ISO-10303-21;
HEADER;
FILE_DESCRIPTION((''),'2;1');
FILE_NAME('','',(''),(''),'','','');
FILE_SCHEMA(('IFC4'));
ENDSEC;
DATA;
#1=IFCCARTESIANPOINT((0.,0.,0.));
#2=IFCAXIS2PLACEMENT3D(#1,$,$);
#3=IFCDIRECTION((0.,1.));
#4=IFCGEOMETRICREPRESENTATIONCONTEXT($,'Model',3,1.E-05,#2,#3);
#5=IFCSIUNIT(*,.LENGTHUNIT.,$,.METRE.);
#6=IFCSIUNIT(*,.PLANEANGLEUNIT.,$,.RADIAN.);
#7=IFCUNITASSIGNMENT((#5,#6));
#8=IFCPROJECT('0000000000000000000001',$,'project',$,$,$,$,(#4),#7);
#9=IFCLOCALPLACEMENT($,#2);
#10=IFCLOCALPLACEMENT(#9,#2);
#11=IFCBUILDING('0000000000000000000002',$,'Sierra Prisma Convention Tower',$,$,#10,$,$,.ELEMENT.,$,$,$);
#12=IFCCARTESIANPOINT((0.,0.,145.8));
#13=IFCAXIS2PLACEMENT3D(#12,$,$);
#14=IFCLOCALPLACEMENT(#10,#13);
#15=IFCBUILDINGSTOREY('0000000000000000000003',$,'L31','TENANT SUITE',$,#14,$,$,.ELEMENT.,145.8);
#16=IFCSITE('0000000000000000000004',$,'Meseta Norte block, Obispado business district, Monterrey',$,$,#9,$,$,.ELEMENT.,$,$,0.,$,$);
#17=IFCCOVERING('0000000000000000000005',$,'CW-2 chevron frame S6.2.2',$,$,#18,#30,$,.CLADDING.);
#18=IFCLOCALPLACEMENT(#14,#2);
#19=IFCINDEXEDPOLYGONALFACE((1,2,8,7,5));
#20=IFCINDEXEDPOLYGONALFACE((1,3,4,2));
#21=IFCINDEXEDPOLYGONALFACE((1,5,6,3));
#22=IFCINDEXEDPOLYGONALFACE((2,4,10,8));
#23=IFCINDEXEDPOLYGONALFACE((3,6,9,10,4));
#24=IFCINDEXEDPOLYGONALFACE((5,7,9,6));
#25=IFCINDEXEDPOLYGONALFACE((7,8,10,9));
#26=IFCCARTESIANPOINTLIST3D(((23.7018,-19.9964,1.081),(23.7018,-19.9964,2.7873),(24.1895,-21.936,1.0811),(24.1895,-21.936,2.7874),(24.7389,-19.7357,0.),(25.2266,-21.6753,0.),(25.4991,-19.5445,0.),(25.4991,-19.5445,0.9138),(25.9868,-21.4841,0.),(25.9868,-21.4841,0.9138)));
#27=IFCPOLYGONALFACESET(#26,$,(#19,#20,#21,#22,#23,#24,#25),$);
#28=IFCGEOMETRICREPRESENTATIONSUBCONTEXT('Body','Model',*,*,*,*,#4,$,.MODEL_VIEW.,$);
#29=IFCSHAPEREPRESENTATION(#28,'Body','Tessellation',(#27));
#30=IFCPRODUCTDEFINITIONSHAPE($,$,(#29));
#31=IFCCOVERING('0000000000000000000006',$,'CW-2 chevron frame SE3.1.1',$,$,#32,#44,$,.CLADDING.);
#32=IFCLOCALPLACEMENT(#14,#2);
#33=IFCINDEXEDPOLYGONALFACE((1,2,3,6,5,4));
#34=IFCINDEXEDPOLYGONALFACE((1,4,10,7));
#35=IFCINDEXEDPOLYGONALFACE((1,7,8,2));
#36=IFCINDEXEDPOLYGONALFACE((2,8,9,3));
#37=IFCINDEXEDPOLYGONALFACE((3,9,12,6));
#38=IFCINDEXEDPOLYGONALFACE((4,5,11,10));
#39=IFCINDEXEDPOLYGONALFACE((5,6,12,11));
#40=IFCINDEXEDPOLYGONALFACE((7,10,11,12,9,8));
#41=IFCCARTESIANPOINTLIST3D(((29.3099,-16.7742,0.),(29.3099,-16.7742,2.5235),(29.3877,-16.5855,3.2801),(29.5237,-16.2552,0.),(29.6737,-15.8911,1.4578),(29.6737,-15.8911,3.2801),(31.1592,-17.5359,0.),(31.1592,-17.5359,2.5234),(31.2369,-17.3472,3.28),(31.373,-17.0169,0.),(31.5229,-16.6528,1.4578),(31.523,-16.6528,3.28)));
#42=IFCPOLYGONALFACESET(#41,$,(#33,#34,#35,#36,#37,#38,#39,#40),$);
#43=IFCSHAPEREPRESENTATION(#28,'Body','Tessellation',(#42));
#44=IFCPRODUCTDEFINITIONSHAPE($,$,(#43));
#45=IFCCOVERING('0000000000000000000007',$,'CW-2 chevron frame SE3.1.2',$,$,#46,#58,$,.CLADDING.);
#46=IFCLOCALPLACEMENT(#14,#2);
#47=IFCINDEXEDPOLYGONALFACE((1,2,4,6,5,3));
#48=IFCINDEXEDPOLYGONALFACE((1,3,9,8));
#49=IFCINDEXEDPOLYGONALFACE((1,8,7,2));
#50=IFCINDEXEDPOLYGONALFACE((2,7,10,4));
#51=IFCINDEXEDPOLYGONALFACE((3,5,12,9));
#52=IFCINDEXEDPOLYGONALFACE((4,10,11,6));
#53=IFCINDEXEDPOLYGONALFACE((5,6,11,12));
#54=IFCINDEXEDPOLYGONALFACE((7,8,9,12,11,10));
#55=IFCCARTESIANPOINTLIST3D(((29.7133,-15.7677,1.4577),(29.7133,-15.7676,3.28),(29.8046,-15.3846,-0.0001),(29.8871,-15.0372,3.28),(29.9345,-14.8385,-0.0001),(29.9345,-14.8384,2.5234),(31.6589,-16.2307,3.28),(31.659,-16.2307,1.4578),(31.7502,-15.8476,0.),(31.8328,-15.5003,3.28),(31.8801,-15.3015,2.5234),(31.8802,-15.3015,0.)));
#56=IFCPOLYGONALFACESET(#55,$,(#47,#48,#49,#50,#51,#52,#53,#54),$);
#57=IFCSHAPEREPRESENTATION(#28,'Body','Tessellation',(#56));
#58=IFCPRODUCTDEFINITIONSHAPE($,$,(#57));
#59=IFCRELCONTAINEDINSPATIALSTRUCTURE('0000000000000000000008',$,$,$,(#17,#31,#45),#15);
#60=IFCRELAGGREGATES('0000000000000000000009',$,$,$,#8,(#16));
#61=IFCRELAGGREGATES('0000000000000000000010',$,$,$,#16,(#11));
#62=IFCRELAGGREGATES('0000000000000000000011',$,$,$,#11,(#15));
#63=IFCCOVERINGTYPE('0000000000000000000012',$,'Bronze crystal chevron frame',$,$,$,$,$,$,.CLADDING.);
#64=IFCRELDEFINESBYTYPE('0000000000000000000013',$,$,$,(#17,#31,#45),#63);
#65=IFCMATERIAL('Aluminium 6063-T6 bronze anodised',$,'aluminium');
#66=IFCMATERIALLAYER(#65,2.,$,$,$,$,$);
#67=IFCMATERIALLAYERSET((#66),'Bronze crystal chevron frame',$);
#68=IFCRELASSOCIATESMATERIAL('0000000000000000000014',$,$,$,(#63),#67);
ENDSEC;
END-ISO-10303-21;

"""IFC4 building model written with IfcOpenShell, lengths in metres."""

from ifc_helpers import new_model, si_unit, direction, frame, origin, place, context, subcontext, project, spatial, polyline, outline, extrude, material, layer, layer_set, type_object, element, save


model = new_model("IFC4")

# Units and contexts
model_context = context("Model", 3, precision=1e-05, world=origin(), true_north=direction((0.0, 1.0)))
body_context = subcontext(model_context, "Body", "Model", "MODEL_VIEW")
ifc_project = project(units=[si_unit("LENGTHUNIT", "METRE"), si_unit("PLANEANGLEUNIT", "RADIAN")], contexts=[model_context])

# Site, building, storey
site_placement = place(None, origin())
site = spatial("IfcSite", under=ifc_project, at=site_placement, Name="Meseta Norte block, Obispado business district, Monterrey", CompositionType="ELEMENT", RefElevation=0.0)
building_placement = place(site_placement, origin())
building = spatial("IfcBuilding", under=site, at=building_placement, Name="Sierra Prisma Convention Tower", CompositionType="ELEMENT")
storey_placement = place(building_placement, frame((0.0, 0.0, 145.8)))
storey = spatial("IfcBuildingStorey", under=building, at=storey_placement, Name="L31", Description="TENANT SUITE", CompositionType="ELEMENT", Elevation=145.8)

# Coverings
ifc_material_1 = material(Name="Aluminium 6063-T6 bronze anodised", Category="aluminium")
ifc_layer_1 = layer(ifc_material_1, 2.0)
ifc_layer_set_1 = layer_set([ifc_layer_1], Name="Bronze crystal chevron frame")
covering_type = type_object("IfcCoveringType", Name="Bronze crystal chevron frame", PredefinedType="CLADDING", material=ifc_layer_set_1)
covering_1_placement = place(storey_placement, frame((25.9868, -21.4841, 0.0), z_axis=(0.24384, -0.969816, 0.000005), x_axis=(-0.000001, 0.000004, 1.0)))
element("IfcCovering", 1, at=covering_1_placement, inside=storey, type_object=covering_type, Name="CW-2 chevron frame S6.2.2", PredefinedType="CLADDING", context=body_context, shape_type="SweptSolid", body=[
    extrude(outline(polyline([(0.0, 0.0), (0.9138, 0.0), (2.7874, 1.8533), (1.0811, 1.8533), (0.0, 0.7839), (0.0, 0.0)])), origin(), (0.0, 0.0, -1.0), 2.0),
])
covering_2_placement = place(storey_placement, frame((31.1592, -17.5359, 0.0), z_axis=(0.924633, -0.38086, -0.000014), x_axis=(0.38086, 0.924633, 0.0)))
element("IfcCovering", 2, at=covering_2_placement, inside=storey, type_object=covering_type, Name="CW-2 chevron frame SE3.1.1", PredefinedType="CLADDING", context=body_context, shape_type="SweptSolid", body=[
    extrude(outline(polyline([(0.0, 0.0), (0.5613, 0.0), (0.955, 1.4578), (0.955, 3.28), (0.2041, 3.28), (0.0, 2.5234), (0.0, 0.0)])), origin(), (0.0, 0.0, -1.0), 2.0),
])
covering_3_placement = place(storey_placement, frame((31.6589, -16.2307, 3.28), z_axis=(0.972826, -0.231536, 0.00003), x_axis=(0.000029, -0.000007, -1.0)))
element("IfcCovering", 3, at=covering_3_placement, inside=storey, type_object=covering_type, Name="CW-2 chevron frame SE3.1.2", PredefinedType="CLADDING", context=body_context, shape_type="SweptSolid", body=[
    extrude(outline(polyline([(0.0, 0.0), (1.8223, 0.0), (3.28, 0.3938), (3.28, 0.9552), (0.7566, 0.9552), (0.0, 0.7509), (0.0, 0.0)])), origin(), (0.0, 0.0, -1.0), 2.0),
])

save(model, "model.ifc")
